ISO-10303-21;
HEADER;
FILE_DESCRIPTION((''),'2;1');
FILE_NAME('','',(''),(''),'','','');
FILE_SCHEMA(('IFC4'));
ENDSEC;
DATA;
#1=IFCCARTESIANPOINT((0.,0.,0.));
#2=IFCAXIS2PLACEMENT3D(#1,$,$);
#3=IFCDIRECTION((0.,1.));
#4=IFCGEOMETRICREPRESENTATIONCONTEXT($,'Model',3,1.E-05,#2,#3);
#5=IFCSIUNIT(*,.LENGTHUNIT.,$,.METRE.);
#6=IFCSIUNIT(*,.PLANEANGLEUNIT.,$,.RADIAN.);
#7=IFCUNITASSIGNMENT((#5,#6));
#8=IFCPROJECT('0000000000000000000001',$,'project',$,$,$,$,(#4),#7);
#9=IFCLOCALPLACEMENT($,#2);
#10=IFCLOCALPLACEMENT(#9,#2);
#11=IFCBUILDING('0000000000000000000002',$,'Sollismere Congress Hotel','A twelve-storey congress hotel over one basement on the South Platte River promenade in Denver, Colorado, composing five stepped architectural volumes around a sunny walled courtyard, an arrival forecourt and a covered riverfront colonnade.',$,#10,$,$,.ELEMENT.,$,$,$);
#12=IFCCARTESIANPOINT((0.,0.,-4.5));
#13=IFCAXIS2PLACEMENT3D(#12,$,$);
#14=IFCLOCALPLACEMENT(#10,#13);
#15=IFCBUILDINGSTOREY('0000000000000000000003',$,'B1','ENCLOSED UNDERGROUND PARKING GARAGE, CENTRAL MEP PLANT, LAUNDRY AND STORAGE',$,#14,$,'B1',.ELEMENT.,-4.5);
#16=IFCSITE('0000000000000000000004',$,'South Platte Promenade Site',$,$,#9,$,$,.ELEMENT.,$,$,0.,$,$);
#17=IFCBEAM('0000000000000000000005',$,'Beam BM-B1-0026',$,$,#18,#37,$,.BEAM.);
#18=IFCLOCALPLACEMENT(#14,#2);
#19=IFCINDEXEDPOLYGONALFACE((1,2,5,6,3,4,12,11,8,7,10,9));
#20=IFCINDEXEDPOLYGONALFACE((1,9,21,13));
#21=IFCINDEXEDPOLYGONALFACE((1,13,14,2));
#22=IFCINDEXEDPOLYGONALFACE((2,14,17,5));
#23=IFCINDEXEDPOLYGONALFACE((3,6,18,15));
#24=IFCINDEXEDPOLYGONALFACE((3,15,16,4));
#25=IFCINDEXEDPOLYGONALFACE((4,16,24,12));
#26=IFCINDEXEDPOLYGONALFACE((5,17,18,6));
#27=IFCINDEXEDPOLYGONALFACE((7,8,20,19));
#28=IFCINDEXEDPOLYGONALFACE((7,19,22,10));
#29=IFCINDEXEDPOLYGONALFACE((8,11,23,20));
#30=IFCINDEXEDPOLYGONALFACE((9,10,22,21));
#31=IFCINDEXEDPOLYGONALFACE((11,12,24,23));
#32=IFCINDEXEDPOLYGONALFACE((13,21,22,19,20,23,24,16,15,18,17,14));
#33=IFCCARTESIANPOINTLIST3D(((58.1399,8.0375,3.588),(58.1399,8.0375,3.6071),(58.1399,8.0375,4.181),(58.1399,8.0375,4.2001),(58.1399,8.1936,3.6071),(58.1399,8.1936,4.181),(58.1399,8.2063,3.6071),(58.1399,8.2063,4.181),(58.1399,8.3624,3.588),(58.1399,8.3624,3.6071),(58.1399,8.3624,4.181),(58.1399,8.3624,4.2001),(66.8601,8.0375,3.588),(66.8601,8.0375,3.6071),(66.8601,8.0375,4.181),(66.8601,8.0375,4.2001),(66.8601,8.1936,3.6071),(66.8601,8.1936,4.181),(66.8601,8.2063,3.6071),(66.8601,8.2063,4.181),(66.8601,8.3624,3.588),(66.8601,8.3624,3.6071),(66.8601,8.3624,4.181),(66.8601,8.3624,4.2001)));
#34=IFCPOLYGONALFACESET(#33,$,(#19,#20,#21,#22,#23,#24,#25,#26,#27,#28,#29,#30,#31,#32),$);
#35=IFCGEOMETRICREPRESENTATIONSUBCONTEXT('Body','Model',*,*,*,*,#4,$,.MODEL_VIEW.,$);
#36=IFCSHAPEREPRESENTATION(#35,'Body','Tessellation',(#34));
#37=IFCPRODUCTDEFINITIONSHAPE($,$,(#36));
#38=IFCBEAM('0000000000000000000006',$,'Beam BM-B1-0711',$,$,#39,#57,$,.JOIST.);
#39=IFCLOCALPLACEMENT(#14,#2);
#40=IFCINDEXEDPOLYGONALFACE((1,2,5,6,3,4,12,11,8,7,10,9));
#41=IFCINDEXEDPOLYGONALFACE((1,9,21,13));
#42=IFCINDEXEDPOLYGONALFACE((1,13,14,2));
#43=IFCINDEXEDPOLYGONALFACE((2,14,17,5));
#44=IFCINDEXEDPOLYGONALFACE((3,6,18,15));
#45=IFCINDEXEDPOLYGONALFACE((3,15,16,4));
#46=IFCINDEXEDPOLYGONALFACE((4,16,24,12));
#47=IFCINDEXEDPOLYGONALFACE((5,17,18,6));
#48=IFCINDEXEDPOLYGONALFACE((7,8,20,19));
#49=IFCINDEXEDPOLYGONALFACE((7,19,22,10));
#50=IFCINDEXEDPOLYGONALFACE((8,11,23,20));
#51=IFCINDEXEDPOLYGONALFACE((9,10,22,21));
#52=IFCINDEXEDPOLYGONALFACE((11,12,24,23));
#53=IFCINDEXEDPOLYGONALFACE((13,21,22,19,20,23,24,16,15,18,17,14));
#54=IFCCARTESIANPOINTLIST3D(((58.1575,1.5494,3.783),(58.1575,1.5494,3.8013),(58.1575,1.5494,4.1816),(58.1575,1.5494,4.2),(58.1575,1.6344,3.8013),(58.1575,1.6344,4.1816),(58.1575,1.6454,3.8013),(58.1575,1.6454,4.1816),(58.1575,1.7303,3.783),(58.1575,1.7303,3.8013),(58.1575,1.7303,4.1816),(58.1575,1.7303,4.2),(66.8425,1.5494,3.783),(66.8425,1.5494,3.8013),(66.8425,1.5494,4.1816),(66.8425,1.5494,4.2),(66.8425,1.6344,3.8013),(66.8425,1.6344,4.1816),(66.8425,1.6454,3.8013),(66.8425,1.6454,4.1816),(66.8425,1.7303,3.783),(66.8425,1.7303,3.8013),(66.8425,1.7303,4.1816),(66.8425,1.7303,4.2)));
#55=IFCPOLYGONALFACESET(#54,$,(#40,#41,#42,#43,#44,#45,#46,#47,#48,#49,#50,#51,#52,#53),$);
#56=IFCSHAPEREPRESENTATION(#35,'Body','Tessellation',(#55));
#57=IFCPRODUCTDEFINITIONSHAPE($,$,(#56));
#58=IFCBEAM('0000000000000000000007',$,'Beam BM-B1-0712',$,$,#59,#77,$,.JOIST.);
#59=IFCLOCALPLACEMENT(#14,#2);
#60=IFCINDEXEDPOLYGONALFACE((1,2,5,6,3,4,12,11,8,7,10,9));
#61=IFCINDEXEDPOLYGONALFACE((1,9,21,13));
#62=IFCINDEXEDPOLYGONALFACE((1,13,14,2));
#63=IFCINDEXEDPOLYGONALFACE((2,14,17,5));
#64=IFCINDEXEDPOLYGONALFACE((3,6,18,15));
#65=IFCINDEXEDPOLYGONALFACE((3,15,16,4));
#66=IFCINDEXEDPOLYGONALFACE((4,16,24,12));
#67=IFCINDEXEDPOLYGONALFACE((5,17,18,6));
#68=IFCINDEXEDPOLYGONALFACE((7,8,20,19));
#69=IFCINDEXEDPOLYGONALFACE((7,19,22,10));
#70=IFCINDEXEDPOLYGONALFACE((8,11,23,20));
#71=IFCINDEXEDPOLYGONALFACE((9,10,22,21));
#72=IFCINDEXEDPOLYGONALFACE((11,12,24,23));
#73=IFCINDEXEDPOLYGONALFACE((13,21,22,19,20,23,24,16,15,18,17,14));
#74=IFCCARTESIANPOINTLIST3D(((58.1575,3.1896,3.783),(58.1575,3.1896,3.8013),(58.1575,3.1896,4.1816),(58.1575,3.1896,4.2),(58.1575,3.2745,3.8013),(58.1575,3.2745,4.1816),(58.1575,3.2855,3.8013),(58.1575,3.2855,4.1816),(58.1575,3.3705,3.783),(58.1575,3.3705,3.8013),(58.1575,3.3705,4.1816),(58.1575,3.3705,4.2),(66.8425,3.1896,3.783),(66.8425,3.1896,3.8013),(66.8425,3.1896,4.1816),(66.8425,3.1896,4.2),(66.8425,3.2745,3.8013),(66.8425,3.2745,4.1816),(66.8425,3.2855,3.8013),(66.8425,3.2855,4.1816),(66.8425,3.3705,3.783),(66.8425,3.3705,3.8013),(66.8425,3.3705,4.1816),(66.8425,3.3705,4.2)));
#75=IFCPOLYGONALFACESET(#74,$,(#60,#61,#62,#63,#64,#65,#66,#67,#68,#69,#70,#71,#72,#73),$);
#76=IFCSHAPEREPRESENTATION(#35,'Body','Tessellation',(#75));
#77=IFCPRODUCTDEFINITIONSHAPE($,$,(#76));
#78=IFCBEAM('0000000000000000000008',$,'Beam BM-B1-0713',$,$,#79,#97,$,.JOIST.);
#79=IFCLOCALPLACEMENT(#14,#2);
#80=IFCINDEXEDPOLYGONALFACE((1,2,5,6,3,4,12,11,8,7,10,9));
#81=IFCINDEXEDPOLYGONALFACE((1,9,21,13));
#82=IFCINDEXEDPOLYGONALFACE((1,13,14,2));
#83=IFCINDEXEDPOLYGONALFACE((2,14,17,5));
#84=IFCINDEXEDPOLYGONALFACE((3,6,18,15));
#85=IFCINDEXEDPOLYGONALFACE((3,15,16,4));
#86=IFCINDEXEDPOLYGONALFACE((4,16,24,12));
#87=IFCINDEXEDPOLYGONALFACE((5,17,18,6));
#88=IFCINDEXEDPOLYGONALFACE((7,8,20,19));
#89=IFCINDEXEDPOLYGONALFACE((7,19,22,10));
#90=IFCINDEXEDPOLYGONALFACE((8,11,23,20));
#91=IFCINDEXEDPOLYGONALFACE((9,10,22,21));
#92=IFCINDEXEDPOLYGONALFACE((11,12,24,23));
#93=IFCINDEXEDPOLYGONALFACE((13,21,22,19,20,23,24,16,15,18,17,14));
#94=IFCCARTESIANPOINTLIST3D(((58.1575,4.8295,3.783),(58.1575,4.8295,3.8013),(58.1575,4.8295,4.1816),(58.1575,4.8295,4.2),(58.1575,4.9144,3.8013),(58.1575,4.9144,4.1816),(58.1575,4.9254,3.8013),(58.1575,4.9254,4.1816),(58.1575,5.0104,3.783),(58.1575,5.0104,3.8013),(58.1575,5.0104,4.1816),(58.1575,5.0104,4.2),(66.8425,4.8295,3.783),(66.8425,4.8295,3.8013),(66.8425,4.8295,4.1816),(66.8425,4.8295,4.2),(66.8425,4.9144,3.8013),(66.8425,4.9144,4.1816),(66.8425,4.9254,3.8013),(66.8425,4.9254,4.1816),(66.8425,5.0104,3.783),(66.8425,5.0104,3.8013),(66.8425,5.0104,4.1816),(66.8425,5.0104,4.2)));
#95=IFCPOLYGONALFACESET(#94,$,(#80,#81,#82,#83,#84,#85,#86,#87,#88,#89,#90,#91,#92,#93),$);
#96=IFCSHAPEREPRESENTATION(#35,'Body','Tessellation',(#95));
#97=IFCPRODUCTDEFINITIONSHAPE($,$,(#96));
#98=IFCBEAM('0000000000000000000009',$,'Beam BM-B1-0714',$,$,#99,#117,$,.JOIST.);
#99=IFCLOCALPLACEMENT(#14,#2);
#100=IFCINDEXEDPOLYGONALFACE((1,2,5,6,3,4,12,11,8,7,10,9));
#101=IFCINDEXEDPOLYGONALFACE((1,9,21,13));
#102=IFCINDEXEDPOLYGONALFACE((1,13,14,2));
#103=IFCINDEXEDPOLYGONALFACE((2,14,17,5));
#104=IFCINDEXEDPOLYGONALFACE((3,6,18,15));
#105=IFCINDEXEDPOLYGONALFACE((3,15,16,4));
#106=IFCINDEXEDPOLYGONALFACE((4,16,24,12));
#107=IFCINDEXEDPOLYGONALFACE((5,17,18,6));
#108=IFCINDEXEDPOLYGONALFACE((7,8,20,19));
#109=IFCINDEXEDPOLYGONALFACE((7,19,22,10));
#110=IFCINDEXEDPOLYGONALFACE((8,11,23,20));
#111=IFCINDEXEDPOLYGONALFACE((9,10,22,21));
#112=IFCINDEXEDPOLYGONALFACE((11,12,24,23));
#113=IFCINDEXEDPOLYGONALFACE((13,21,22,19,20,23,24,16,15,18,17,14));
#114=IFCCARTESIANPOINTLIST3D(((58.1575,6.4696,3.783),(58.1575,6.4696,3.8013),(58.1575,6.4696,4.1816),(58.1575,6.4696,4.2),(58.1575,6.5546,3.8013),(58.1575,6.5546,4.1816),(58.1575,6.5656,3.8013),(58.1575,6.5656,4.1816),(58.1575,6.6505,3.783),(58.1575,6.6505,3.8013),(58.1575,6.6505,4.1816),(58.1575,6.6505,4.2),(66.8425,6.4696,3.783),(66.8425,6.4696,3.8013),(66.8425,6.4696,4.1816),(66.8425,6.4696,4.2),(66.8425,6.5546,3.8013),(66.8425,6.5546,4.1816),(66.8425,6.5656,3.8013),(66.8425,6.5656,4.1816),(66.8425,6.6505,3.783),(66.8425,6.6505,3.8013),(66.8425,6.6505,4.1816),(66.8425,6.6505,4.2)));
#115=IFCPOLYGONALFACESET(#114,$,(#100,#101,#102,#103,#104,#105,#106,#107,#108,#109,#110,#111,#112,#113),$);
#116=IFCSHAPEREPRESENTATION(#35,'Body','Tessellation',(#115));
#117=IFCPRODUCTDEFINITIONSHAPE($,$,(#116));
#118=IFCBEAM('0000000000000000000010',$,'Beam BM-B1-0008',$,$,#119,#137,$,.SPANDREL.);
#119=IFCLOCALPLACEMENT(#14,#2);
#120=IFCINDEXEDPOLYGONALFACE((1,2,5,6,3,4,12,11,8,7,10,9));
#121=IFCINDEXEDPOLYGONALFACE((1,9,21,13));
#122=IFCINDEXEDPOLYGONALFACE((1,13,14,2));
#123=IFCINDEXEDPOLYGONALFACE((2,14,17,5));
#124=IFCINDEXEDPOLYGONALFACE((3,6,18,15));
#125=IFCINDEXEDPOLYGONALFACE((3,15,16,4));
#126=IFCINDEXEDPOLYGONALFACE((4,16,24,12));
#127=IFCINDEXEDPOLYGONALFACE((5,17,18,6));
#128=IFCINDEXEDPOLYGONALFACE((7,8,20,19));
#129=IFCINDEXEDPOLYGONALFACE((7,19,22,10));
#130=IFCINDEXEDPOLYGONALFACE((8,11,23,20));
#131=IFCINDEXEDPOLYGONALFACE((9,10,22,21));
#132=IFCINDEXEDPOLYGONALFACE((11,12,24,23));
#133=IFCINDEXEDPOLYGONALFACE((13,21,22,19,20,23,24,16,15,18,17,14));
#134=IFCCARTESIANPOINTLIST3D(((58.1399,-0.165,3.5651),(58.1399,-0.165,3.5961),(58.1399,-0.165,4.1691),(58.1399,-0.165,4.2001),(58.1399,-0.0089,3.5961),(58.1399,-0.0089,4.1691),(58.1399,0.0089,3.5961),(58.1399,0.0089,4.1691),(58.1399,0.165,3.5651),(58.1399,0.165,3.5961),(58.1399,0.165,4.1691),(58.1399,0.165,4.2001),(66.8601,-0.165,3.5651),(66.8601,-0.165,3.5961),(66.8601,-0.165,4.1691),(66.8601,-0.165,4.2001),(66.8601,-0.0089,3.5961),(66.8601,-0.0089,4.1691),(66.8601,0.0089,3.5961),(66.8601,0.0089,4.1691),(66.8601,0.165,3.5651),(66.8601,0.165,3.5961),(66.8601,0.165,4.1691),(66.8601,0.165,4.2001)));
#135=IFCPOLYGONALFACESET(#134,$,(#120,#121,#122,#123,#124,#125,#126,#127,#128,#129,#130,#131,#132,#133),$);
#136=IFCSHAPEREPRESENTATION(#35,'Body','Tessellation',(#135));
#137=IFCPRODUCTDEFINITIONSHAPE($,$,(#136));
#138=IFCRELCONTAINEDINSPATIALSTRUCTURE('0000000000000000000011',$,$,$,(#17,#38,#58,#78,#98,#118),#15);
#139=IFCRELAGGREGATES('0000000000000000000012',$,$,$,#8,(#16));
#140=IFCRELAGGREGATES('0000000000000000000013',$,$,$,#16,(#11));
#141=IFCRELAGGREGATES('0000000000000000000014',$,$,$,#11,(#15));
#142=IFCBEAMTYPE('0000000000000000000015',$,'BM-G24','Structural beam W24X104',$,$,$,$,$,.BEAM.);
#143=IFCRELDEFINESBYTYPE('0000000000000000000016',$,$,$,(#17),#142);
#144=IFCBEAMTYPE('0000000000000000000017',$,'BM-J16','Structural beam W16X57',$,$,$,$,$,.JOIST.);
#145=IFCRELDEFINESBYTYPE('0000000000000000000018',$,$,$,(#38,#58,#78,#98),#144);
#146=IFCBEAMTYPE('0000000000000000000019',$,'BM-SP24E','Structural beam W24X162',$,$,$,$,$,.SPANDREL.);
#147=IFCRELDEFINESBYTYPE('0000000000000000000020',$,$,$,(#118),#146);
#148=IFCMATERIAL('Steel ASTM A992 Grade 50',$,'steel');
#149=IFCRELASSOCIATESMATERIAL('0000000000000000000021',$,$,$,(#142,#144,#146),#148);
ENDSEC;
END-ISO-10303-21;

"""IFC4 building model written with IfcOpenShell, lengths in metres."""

from ifc_helpers import new_model, si_unit, direction, frame, origin, origin_2d, place, context, subcontext, project, spatial, i_section, extrude, material, material_profile, profile_set, type_object, element, save


model = new_model("IFC4")

# Units and contexts
model_context = context("Model", 3, precision=1e-05, world=origin(), true_north=direction((0.0, 1.0)))
body_context = subcontext(model_context, "Body", "Model", "MODEL_VIEW")
ifc_project = project(units=[si_unit("LENGTHUNIT", "METRE"), si_unit("PLANEANGLEUNIT", "RADIAN")], contexts=[model_context])

# Site, building, storey
site_placement = place(None, origin())
site = spatial("IfcSite", under=ifc_project, at=site_placement, Name="South Platte Promenade Site", CompositionType="ELEMENT", RefElevation=0.0)
building_placement = place(site_placement, origin())
building = spatial("IfcBuilding", under=site, at=building_placement, Name="Sollismere Congress Hotel", Description="A twelve-storey congress hotel over one basement on the South Platte River promenade in Denver, Colorado, composing five stepped architectural volumes around a sunny walled courtyard, an arrival forecourt and a covered riverfront colonnade.", CompositionType="ELEMENT")
storey_placement = place(building_placement, frame((0.0, 0.0, -4.5)))
storey = spatial("IfcBuildingStorey", under=building, at=storey_placement, Name="B1", Description="ENCLOSED UNDERGROUND PARKING GARAGE, CENTRAL MEP PLANT, LAUNDRY AND STORAGE", LongName="B1", CompositionType="ELEMENT", Elevation=-4.5)

# Beams
ifc_material_1 = material(Name="Steel ASTM A992 Grade 50", Category="steel")
ifc_material_profile_1 = material_profile(ifc_material_1, i_section(OverallWidth=0.325, OverallDepth=0.6121, WebThickness=0.0127, FlangeThickness=0.019, at=origin_2d()), Name="W24X104")
ifc_profile_set_1 = profile_set([ifc_material_profile_1], Name="Steel ASTM A992 Grade 50")
beam_type_1 = type_object("IfcBeamType", Name="BM-G24", Description="Structural beam W24X104", PredefinedType="BEAM", material=ifc_profile_set_1)
beam_1_placement = place(storey_placement, frame((58.1399, 8.2, 3.894), z_axis=(1.0, 0.0, 0.0), x_axis=(0.0, 1.0, 0.0)))
element("IfcBeam", 1, at=beam_1_placement, inside=storey, type_object=beam_type_1, Name="Beam BM-B1-0026", PredefinedType="BEAM", context=body_context, shape_type="SweptSolid", body=[
    extrude(i_section(OverallWidth=0.325, OverallDepth=0.6121, WebThickness=0.0127, FlangeThickness=0.019, at=origin_2d()), origin(), (0.0, 0.0, 1.0), 8.7202),
])
ifc_material_profile_2 = material_profile(ifc_material_1, i_section(OverallWidth=0.1809, OverallDepth=0.417, WebThickness=0.011, FlangeThickness=0.0183, at=origin_2d()), Name="W16X57")
ifc_profile_set_2 = profile_set([ifc_material_profile_2], Name="Steel ASTM A992 Grade 50")
beam_type_2 = type_object("IfcBeamType", Name="BM-J16", Description="Structural beam W16X57", PredefinedType="JOIST", material=ifc_profile_set_2)
for number, where, z_axis, x_axis, name in (
    (2, (58.1575, 1.6399, 3.9915), (1.0, 0.0, 0.0), (0.0, 1.0, 0.0), "Beam BM-B1-0711"),
    (3, (58.1575, 3.28, 3.9915), (1.0, 0.0, 0.0), (0.0, 1.0, 0.0), "Beam BM-B1-0712"),
    (4, (58.1575, 4.9199, 3.9915), (1.0, 0.0, 0.0), (0.0, 1.0, 0.0), "Beam BM-B1-0713"),
    (5, (58.1575, 6.5601, 3.9915), (1.0, 0.0, 0.0), (0.0, 1.0, 0.0), "Beam BM-B1-0714"),
):
    element("IfcBeam", number, at=place(storey_placement, frame(where, z_axis=z_axis, x_axis=x_axis)), inside=storey, type_object=beam_type_2, Name=name, PredefinedType="JOIST", context=body_context, shape_type="SweptSolid", body=[
        extrude(i_section(OverallWidth=0.1809, OverallDepth=0.417, WebThickness=0.011, FlangeThickness=0.0183, at=origin_2d()), origin(), (0.0, 0.0, 1.0), 8.6851),
    ])
ifc_material_profile_3 = material_profile(ifc_material_1, i_section(OverallWidth=0.3301, OverallDepth=0.635, WebThickness=0.0178, FlangeThickness=0.031, at=origin_2d()), Name="W24X162")
ifc_profile_set_3 = profile_set([ifc_material_profile_3], Name="Steel ASTM A992 Grade 50")
beam_type_3 = type_object("IfcBeamType", Name="BM-SP24E", Description="Structural beam W24X162", PredefinedType="SPANDREL", material=ifc_profile_set_3)
beam_2_placement = place(storey_placement, frame((58.1399, 0.0, 3.8826), z_axis=(1.0, 0.0, 0.0), x_axis=(0.0, 1.0, 0.0)))
element("IfcBeam", 6, at=beam_2_placement, inside=storey, type_object=beam_type_3, Name="Beam BM-B1-0008", PredefinedType="SPANDREL", context=body_context, shape_type="SweptSolid", body=[
    extrude(i_section(OverallWidth=0.3301, OverallDepth=0.635, WebThickness=0.0178, FlangeThickness=0.031, at=origin_2d()), origin(), (0.0, 0.0, 1.0), 8.7202),
])

save(model, "model.ifc")
